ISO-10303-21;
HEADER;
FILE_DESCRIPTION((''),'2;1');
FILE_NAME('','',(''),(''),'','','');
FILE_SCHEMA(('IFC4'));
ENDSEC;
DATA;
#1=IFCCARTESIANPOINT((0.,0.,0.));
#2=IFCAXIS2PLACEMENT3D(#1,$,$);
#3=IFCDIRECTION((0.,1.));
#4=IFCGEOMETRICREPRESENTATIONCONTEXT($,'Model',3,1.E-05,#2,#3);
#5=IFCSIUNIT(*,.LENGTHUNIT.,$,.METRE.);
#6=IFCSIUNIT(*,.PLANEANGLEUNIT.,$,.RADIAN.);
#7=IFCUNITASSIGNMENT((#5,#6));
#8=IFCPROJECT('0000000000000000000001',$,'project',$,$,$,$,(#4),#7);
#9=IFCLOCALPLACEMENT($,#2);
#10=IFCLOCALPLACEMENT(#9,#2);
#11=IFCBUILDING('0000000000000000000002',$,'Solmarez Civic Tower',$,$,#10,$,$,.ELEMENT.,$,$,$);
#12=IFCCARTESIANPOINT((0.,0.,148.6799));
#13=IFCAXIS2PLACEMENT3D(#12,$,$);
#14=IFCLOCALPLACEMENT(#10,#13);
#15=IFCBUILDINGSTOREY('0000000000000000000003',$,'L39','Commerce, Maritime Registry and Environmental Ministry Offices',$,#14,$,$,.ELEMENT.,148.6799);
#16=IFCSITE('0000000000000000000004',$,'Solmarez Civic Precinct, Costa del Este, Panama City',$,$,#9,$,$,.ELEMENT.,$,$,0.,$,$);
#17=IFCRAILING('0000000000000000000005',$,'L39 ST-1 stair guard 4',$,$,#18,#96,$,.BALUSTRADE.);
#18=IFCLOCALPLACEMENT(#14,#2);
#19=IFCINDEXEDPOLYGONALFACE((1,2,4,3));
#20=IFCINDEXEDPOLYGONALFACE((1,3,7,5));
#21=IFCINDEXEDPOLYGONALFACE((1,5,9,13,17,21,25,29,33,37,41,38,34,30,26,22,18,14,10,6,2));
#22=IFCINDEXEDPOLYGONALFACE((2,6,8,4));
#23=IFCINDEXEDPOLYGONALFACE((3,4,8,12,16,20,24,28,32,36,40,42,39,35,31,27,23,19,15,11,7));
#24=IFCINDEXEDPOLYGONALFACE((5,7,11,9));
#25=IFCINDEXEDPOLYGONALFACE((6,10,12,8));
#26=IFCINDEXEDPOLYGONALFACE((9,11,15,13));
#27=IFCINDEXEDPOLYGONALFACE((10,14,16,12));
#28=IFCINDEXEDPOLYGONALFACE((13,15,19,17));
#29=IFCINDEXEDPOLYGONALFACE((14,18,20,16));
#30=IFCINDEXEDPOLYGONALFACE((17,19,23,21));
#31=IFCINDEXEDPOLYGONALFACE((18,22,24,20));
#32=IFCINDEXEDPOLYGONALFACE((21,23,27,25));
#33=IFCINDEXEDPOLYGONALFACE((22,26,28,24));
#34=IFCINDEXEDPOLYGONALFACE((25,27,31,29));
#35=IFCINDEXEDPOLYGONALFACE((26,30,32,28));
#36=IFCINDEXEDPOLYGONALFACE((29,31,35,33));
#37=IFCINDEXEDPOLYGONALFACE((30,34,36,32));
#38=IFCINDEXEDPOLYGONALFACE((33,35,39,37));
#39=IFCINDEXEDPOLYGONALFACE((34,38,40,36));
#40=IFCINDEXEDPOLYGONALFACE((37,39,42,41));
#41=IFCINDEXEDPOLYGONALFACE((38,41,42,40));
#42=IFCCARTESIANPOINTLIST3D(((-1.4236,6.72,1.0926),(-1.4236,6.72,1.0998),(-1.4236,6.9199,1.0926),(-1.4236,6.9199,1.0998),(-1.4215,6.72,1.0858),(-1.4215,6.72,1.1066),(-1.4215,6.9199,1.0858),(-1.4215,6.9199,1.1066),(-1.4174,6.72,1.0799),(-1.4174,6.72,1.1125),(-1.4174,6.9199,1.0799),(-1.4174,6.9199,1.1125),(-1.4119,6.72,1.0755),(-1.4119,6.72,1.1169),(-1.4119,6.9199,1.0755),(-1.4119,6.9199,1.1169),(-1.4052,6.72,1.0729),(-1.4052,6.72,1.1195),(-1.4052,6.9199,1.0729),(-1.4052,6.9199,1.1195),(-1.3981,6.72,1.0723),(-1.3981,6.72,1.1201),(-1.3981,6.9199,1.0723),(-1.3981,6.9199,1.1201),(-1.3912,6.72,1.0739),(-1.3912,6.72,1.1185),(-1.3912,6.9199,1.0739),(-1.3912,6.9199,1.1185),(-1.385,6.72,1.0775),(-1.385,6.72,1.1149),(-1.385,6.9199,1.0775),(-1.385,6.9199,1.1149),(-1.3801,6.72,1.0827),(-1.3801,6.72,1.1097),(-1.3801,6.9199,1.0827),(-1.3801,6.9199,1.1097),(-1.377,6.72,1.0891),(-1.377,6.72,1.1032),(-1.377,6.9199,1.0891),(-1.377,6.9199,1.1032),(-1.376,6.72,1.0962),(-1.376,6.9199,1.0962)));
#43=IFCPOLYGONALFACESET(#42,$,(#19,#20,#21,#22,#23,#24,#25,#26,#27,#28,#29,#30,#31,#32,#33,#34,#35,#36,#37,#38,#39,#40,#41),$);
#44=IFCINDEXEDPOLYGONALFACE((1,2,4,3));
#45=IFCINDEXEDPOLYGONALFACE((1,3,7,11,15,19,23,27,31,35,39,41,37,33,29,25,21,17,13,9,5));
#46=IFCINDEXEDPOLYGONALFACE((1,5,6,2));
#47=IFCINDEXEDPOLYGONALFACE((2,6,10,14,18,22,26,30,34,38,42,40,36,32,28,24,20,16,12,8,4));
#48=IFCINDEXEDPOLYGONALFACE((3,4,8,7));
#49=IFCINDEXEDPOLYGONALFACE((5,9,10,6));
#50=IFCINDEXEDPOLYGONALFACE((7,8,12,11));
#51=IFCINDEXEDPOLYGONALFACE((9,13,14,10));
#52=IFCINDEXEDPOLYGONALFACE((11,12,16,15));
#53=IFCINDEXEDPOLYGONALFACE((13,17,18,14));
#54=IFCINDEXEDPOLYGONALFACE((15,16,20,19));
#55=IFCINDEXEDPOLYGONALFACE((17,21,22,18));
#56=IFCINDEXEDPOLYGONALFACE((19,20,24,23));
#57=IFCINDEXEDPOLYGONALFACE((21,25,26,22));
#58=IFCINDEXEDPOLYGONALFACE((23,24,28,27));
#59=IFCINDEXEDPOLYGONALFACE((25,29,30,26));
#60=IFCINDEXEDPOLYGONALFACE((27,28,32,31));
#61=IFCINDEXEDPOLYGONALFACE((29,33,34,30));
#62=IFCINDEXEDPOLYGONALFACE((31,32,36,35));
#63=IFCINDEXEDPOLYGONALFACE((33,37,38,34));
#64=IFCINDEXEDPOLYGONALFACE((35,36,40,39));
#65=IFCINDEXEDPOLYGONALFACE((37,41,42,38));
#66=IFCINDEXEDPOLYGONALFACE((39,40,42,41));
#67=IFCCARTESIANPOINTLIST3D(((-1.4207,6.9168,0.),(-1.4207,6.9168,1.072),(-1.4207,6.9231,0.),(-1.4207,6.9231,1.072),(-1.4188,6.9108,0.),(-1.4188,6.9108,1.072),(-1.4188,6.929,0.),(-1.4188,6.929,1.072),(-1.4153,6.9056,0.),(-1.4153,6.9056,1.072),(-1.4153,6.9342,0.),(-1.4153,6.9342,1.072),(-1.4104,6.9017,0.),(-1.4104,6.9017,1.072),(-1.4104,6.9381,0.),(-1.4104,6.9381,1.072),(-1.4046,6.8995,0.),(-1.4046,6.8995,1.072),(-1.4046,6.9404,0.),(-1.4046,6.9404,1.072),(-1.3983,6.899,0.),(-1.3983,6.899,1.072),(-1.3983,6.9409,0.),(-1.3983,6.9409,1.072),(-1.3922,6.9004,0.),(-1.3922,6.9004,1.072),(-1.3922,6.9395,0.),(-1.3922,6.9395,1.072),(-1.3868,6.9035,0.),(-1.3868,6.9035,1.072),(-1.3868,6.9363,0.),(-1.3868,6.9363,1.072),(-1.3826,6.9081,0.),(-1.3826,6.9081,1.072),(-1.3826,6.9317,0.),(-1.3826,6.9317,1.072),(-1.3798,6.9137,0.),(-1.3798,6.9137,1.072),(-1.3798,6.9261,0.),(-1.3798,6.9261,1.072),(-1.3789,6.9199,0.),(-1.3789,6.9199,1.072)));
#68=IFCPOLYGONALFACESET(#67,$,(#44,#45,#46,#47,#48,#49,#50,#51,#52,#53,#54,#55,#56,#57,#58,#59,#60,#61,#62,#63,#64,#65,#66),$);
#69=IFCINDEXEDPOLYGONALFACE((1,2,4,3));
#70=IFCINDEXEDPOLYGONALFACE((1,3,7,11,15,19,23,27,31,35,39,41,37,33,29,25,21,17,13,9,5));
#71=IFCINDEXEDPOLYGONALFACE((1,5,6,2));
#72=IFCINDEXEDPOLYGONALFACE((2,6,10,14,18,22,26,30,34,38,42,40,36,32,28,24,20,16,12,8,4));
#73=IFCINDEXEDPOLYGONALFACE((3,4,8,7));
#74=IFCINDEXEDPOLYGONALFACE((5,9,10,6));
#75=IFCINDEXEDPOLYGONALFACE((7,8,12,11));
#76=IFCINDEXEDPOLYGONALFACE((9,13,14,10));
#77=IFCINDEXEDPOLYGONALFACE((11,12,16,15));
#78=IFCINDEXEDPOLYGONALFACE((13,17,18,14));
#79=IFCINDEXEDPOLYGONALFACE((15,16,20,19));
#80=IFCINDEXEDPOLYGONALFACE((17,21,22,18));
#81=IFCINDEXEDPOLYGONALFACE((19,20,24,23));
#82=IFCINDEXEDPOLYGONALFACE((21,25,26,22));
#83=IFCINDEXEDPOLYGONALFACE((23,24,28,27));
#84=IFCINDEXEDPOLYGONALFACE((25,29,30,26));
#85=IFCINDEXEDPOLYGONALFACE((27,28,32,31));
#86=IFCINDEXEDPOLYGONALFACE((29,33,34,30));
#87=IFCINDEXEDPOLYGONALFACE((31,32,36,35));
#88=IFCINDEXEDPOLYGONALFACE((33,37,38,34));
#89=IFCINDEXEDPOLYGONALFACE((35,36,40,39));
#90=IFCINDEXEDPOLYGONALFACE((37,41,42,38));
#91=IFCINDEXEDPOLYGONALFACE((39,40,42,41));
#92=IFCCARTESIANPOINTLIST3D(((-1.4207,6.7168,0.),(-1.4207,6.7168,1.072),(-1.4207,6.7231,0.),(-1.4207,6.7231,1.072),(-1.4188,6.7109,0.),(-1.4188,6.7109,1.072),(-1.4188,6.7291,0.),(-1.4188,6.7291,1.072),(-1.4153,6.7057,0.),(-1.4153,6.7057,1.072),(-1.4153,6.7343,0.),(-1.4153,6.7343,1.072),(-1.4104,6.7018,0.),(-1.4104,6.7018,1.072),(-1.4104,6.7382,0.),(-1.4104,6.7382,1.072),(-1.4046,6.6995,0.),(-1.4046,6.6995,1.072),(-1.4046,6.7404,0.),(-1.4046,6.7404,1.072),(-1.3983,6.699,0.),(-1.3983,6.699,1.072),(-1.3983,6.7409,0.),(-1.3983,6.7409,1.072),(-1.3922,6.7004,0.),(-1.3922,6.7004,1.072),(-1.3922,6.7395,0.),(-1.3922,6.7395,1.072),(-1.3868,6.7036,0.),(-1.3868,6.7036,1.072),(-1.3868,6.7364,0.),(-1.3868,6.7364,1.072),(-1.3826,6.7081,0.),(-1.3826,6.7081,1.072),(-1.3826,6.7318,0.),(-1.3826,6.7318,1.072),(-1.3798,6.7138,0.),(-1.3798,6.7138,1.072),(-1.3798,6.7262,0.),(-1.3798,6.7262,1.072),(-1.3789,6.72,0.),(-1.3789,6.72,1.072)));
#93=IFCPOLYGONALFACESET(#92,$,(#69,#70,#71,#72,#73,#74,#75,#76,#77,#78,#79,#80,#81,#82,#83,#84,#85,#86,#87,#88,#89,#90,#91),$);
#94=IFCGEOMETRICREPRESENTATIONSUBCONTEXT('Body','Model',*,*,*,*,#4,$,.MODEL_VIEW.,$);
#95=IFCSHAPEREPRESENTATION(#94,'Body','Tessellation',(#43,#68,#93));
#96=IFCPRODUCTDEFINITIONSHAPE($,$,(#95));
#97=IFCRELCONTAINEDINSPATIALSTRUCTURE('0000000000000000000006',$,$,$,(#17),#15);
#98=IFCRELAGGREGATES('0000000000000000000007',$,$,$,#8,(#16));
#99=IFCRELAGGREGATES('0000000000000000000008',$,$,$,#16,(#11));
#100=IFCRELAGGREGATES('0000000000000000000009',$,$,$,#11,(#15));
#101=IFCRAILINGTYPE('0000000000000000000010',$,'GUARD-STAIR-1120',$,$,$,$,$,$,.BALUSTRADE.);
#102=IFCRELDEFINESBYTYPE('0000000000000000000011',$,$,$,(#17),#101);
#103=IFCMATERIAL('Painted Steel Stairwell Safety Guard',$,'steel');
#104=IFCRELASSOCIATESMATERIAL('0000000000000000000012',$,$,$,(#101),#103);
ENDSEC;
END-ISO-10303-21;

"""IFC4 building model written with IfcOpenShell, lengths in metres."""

from ifc_helpers import new_model, si_unit, direction, frame, origin, origin_2d, place, context, subcontext, project, spatial, circle, extrude, material, type_object, element, save


model = new_model("IFC4")

# Units and contexts
model_context = context("Model", 3, precision=1e-05, world=origin(), true_north=direction((0.0, 1.0)))
body_context = subcontext(model_context, "Body", "Model", "MODEL_VIEW")
ifc_project = project(units=[si_unit("LENGTHUNIT", "METRE"), si_unit("PLANEANGLEUNIT", "RADIAN")], contexts=[model_context])

# Site, building, storey
site_placement = place(None, origin())
site = spatial("IfcSite", under=ifc_project, at=site_placement, Name="Solmarez Civic Precinct, Costa del Este, Panama City", CompositionType="ELEMENT", RefElevation=0.0)
building_placement = place(site_placement, origin())
building = spatial("IfcBuilding", under=site, at=building_placement, Name="Solmarez Civic Tower", CompositionType="ELEMENT")
storey_placement = place(building_placement, frame((0.0, 0.0, 148.6799)))
storey = spatial("IfcBuildingStorey", under=building, at=storey_placement, Name="L39", Description="Commerce, Maritime Registry and Environmental Ministry Offices", CompositionType="ELEMENT", Elevation=148.6799)

# Railing
ifc_material_1 = material(Name="Painted Steel Stairwell Safety Guard", Category="steel")
railing_type = type_object("IfcRailingType", Name="GUARD-STAIR-1120", PredefinedType="BALUSTRADE", material=ifc_material_1)
railing_1_placement = place(storey_placement, frame((-1.3999, 6.9199, 0.0)))
element("IfcRailing", 1, at=railing_1_placement, inside=storey, type_object=railing_type, Name="L39 ST-1 stair guard 4", PredefinedType="BALUSTRADE", context=body_context, shape_type="SweptSolid", body=[
    extrude(circle(Radius=0.0239, at=origin_2d()), frame((0.0, 0.0, 1.0962), z_axis=(0.0, -1.0, 0.0), x_axis=(1.0, 0.0, 0.0)), (0.0, 0.0, 1.0), 0.2),
    extrude(circle(Radius=0.021, at=origin_2d()), origin(), (0.0, 0.0, 1.0), 1.072),
    extrude(circle(Radius=0.021, at=origin_2d()), frame((0.0, -0.2, 0.0)), (0.0, 0.0, 1.0), 1.072),
])

save(model, "model.ifc")
